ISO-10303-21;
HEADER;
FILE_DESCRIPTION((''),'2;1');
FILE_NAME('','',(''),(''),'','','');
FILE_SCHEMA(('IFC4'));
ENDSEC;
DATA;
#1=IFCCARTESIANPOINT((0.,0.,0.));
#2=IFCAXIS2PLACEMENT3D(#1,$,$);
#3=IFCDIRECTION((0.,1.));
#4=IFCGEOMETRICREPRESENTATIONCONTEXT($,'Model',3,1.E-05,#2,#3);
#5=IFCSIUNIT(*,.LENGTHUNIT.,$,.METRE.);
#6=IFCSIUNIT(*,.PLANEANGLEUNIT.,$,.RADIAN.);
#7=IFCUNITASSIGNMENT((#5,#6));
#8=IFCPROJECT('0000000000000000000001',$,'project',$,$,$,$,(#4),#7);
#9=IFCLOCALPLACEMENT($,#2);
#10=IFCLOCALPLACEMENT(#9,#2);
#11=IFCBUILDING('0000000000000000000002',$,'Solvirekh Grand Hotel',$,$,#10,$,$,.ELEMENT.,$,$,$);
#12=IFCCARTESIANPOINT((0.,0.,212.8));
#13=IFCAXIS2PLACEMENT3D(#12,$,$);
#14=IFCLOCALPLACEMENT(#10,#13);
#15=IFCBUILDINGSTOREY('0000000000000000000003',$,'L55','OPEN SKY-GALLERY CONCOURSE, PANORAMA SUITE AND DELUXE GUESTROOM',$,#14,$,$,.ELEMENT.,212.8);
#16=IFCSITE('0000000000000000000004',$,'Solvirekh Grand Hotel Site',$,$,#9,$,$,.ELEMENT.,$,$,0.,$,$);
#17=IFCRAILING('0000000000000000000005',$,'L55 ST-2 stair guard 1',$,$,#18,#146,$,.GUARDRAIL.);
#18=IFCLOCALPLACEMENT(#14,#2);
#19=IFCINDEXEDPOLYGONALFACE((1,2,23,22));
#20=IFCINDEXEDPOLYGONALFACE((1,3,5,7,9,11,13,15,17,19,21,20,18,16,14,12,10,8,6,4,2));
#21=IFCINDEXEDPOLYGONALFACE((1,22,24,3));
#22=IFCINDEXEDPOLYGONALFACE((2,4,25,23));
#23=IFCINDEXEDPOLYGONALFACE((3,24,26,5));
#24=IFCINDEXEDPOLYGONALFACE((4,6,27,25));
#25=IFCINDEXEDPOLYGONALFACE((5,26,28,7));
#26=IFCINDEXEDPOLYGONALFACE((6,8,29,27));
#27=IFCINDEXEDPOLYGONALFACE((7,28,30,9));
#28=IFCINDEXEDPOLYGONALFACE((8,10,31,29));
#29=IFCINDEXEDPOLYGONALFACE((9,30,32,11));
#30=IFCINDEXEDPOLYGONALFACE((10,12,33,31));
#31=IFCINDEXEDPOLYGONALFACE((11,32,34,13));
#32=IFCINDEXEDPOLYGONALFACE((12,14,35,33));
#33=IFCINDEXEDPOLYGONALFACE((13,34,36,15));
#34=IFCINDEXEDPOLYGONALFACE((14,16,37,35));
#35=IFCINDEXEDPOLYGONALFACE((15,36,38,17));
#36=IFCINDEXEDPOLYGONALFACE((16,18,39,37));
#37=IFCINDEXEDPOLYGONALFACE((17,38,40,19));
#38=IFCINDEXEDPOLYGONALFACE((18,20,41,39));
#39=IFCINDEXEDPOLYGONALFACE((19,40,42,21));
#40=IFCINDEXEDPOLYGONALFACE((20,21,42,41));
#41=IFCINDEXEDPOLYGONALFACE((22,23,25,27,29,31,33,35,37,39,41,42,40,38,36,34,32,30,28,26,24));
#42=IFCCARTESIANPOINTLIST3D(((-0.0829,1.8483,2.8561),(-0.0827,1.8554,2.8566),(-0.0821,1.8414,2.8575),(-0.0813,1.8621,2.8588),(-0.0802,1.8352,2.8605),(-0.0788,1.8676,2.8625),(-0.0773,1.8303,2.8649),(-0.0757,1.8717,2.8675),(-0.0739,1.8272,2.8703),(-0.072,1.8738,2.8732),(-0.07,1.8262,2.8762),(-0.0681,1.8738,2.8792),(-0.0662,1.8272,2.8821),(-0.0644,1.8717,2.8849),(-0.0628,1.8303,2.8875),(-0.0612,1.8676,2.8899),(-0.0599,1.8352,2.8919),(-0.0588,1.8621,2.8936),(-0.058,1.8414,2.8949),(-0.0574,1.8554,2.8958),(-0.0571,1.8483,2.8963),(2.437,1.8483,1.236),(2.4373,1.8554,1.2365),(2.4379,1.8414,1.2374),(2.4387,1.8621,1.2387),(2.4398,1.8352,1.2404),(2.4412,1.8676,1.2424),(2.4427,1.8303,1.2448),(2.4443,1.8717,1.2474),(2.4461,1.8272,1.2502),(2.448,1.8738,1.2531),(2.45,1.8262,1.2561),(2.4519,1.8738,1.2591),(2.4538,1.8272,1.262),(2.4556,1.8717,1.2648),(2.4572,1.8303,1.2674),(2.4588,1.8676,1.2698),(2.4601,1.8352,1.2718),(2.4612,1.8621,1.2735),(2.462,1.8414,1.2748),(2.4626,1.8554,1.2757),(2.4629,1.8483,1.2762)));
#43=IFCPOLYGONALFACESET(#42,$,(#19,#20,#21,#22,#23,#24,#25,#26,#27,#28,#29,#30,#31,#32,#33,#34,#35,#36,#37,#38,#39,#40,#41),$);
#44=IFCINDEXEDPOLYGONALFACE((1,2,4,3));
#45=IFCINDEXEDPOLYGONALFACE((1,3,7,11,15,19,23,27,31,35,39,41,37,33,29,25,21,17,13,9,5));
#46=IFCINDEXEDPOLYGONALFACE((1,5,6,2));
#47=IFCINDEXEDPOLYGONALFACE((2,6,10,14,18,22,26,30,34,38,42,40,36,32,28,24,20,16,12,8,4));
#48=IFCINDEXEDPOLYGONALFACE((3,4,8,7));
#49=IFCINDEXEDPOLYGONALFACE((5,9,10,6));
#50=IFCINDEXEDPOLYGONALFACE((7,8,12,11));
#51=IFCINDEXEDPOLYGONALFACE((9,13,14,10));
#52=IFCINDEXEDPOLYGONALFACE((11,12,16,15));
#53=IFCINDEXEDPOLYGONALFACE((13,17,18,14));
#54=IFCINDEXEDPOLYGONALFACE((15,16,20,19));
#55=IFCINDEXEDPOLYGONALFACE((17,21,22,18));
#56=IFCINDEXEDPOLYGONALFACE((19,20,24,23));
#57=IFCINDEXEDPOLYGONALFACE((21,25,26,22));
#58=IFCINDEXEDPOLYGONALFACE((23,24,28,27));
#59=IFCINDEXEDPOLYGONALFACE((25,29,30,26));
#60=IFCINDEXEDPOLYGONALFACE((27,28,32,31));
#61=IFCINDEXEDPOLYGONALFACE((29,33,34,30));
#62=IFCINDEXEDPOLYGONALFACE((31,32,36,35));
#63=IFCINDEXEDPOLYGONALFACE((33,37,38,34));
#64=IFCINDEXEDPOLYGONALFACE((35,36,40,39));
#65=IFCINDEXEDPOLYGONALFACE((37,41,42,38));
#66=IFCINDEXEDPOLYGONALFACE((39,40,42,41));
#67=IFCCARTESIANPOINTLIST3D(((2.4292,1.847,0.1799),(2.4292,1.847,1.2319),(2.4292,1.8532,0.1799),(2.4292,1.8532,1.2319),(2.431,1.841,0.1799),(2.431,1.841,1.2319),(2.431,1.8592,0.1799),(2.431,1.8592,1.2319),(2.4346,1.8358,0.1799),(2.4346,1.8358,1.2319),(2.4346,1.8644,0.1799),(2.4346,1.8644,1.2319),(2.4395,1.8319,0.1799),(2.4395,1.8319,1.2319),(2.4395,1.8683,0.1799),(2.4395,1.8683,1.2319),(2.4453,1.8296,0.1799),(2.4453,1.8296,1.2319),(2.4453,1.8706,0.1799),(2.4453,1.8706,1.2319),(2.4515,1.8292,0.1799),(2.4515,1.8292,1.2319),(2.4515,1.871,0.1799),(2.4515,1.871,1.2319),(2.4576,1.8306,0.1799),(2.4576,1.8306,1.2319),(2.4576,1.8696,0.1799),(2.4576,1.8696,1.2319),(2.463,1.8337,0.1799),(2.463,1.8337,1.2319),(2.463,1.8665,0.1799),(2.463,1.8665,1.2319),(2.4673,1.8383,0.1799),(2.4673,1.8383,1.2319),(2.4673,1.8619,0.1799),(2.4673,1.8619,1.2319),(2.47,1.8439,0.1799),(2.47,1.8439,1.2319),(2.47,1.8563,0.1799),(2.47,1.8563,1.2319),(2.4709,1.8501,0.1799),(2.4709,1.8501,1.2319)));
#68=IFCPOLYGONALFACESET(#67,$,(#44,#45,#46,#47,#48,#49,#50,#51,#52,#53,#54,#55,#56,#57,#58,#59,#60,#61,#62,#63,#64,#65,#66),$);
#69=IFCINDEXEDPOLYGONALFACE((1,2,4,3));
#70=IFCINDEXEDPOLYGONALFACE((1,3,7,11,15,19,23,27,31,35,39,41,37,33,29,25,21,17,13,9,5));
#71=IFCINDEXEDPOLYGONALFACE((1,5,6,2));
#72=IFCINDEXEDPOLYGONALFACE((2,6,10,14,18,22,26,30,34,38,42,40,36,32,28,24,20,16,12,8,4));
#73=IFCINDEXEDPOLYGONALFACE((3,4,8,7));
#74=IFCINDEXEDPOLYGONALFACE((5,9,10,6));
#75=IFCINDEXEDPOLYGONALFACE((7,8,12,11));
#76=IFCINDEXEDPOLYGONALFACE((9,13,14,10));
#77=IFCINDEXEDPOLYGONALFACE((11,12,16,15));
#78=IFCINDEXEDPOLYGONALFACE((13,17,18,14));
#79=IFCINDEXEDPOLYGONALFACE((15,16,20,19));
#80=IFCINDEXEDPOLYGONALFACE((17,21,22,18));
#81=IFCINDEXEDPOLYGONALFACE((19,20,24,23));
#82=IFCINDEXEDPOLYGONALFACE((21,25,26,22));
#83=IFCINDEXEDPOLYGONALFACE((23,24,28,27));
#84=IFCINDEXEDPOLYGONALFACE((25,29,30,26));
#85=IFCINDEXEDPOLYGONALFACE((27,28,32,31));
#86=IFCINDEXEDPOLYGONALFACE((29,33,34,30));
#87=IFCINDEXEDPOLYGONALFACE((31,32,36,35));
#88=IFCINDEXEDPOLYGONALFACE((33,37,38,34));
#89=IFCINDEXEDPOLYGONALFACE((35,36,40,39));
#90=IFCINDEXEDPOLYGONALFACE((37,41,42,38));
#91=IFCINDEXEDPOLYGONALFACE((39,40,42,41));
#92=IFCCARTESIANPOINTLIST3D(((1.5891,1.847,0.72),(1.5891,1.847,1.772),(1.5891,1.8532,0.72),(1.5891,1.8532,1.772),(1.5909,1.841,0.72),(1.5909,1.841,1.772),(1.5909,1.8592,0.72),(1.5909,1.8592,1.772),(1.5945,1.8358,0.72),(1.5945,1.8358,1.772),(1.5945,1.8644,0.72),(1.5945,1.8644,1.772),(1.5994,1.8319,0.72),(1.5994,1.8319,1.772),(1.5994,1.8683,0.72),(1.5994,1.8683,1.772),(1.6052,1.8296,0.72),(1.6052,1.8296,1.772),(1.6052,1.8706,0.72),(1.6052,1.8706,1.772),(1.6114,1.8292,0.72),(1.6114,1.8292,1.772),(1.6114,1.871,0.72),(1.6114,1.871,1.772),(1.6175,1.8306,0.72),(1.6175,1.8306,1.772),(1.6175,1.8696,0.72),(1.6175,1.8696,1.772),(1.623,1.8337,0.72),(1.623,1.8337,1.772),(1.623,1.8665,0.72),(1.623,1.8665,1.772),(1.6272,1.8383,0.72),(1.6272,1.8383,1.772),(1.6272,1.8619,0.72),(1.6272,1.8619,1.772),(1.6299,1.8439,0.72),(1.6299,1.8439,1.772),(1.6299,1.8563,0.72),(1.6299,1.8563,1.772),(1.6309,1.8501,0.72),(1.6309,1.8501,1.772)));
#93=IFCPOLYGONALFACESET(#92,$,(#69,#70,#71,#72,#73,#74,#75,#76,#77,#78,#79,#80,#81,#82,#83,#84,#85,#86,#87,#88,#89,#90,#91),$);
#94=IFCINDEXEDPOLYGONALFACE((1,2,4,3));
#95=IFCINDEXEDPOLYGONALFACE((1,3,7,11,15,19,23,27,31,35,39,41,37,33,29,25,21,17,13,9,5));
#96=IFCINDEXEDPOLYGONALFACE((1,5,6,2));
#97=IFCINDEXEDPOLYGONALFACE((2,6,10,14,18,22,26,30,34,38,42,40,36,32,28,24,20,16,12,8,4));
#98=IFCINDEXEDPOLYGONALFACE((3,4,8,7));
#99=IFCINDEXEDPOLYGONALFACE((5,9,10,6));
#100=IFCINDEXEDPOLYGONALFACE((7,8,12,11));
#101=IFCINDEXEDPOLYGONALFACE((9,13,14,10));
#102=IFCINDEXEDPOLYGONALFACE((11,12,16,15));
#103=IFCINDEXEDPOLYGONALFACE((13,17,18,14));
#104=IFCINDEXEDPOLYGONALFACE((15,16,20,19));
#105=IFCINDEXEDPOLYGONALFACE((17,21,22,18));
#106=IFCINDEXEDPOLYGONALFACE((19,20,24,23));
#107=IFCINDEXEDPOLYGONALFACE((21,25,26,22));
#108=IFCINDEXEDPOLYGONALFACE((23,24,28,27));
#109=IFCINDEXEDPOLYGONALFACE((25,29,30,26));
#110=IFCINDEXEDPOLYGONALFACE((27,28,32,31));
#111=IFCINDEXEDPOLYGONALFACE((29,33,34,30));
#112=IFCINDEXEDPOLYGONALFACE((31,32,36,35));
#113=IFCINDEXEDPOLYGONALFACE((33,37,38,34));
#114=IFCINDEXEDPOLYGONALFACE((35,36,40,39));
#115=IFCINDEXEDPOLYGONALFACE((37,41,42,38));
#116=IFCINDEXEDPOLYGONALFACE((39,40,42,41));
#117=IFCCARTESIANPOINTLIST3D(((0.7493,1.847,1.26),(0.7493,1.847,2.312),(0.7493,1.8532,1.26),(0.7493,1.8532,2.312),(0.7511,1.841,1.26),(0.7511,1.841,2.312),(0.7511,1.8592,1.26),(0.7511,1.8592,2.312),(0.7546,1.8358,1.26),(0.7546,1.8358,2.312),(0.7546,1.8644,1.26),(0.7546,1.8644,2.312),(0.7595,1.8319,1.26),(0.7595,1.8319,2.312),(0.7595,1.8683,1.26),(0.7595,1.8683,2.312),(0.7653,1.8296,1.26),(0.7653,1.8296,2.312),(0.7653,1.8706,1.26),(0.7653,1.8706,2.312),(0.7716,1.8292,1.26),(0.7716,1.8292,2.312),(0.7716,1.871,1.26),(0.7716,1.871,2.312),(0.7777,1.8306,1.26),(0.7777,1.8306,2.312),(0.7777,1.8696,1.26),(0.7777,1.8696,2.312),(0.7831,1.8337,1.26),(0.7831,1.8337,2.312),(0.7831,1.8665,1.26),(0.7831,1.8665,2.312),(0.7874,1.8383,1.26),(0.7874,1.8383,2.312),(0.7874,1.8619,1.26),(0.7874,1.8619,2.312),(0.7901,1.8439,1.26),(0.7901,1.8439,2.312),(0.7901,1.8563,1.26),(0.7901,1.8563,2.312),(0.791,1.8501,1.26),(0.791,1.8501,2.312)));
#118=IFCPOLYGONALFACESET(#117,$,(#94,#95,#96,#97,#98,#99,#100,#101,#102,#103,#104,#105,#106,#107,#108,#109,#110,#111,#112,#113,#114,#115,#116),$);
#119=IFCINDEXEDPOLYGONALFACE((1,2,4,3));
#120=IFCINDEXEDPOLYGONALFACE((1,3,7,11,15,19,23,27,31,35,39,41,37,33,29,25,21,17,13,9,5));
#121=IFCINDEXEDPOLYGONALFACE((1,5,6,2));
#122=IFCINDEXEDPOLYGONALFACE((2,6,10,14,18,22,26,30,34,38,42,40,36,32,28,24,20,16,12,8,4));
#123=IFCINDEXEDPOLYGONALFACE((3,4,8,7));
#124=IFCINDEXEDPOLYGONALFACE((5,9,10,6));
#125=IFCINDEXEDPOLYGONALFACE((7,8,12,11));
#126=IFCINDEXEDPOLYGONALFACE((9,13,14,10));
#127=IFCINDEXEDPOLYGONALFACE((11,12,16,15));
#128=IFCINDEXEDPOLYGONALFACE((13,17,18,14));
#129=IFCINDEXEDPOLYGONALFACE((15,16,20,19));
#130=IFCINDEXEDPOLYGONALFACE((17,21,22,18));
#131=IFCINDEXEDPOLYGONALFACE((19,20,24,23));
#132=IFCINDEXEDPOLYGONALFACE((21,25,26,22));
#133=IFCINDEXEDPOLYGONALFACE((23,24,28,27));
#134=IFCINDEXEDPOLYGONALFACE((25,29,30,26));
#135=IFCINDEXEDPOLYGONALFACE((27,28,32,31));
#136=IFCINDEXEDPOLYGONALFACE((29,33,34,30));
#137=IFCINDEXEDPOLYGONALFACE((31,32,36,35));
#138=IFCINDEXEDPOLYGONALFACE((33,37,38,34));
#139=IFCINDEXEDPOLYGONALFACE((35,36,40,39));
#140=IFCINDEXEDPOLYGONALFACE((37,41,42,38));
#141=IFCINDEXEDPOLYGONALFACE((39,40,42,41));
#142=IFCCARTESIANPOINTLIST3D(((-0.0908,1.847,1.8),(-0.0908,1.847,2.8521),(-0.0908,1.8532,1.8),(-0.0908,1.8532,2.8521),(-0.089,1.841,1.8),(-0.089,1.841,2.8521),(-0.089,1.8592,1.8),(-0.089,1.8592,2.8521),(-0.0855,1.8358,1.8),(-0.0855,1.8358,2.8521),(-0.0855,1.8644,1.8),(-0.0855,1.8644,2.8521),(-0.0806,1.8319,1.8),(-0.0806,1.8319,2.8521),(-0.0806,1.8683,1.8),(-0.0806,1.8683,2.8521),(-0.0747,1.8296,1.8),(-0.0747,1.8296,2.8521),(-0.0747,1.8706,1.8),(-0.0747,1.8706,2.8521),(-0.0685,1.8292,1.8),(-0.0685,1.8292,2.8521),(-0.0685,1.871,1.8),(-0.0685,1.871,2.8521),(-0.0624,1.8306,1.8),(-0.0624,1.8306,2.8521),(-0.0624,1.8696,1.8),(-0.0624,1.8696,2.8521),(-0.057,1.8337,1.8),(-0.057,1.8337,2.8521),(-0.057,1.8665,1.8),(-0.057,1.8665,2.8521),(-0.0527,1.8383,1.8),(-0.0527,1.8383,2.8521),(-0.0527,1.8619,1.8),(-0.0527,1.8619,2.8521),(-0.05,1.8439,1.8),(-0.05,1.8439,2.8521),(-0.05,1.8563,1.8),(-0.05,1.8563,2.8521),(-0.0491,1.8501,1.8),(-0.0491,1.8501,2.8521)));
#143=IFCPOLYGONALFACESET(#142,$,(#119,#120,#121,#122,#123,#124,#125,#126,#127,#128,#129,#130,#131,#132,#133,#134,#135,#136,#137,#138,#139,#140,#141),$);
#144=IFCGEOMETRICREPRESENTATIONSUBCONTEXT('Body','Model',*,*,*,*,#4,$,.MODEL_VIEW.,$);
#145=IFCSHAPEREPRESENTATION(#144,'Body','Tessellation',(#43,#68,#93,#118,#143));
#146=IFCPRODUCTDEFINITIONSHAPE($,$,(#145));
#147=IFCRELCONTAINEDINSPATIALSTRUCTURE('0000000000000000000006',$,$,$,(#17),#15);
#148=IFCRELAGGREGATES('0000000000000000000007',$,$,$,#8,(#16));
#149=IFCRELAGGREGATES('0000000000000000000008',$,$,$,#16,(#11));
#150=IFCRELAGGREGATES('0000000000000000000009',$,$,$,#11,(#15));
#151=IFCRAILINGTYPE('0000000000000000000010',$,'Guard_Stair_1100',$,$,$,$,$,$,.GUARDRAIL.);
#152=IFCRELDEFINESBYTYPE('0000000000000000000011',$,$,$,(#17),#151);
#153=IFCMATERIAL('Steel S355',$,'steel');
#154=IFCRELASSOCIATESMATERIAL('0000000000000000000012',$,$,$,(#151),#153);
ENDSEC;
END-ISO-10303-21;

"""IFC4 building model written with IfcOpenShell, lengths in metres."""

from ifc_helpers import new_model, si_unit, direction, frame, origin, origin_2d, place, context, subcontext, project, spatial, circle, extrude, material, type_object, element, save


model = new_model("IFC4")

# Units and contexts
model_context = context("Model", 3, precision=1e-05, world=origin(), true_north=direction((0.0, 1.0)))
body_context = subcontext(model_context, "Body", "Model", "MODEL_VIEW")
ifc_project = project(units=[si_unit("LENGTHUNIT", "METRE"), si_unit("PLANEANGLEUNIT", "RADIAN")], contexts=[model_context])

# Site, building, storey
site_placement = place(None, origin())
site = spatial("IfcSite", under=ifc_project, at=site_placement, Name="Solvirekh Grand Hotel Site", CompositionType="ELEMENT", RefElevation=0.0)
building_placement = place(site_placement, origin())
building = spatial("IfcBuilding", under=site, at=building_placement, Name="Solvirekh Grand Hotel", CompositionType="ELEMENT")
storey_placement = place(building_placement, frame((0.0, 0.0, 212.8)))
storey = spatial("IfcBuildingStorey", under=building, at=storey_placement, Name="L55", Description="OPEN SKY-GALLERY CONCOURSE, PANORAMA SUITE AND DELUXE GUESTROOM", CompositionType="ELEMENT", Elevation=212.8)

# Shared definitions
ifc_material_1 = material(Name="Steel S355", Category="steel")

# Railing
railing_type_1 = type_object("IfcRailingType", Name="Guard_Stair_1100", PredefinedType="GUARDRAIL", material=ifc_material_1)
railing_1_placement = place(storey_placement, frame((2.45, 1.8501, 0.1799)))
element("IfcRailing", 1, at=railing_1_placement, inside=storey, type_object=railing_type_1, Name="L55 ST-2 stair guard 1", PredefinedType="GUARDRAIL", context=body_context, shape_type="SweptSolid", body=[
    extrude(circle(Radius=0.0239, at=origin_2d()), frame((0.0, 0.0, 1.0762), z_axis=(-0.841163, 0.0, 0.540782), x_axis=(0.0, -1.0, 0.0)), (0.0, 0.0, 1.0), 2.9958),
    extrude(circle(Radius=0.021, at=origin_2d()), origin(), (0.0, 0.0, 1.0), 1.052),
    extrude(circle(Radius=0.021, at=origin_2d()), frame((-0.8401, 0.0, 0.54)), (0.0, 0.0, 1.0), 1.052),
    extrude(circle(Radius=0.021, at=origin_2d()), frame((-1.6799, 0.0, 1.0801)), (0.0, 0.0, 1.0), 1.052),
    extrude(circle(Radius=0.021, at=origin_2d()), frame((-2.52, 0.0, 1.6201)), (0.0, 0.0, 1.0), 1.052),
])

save(model, "model.ifc")
